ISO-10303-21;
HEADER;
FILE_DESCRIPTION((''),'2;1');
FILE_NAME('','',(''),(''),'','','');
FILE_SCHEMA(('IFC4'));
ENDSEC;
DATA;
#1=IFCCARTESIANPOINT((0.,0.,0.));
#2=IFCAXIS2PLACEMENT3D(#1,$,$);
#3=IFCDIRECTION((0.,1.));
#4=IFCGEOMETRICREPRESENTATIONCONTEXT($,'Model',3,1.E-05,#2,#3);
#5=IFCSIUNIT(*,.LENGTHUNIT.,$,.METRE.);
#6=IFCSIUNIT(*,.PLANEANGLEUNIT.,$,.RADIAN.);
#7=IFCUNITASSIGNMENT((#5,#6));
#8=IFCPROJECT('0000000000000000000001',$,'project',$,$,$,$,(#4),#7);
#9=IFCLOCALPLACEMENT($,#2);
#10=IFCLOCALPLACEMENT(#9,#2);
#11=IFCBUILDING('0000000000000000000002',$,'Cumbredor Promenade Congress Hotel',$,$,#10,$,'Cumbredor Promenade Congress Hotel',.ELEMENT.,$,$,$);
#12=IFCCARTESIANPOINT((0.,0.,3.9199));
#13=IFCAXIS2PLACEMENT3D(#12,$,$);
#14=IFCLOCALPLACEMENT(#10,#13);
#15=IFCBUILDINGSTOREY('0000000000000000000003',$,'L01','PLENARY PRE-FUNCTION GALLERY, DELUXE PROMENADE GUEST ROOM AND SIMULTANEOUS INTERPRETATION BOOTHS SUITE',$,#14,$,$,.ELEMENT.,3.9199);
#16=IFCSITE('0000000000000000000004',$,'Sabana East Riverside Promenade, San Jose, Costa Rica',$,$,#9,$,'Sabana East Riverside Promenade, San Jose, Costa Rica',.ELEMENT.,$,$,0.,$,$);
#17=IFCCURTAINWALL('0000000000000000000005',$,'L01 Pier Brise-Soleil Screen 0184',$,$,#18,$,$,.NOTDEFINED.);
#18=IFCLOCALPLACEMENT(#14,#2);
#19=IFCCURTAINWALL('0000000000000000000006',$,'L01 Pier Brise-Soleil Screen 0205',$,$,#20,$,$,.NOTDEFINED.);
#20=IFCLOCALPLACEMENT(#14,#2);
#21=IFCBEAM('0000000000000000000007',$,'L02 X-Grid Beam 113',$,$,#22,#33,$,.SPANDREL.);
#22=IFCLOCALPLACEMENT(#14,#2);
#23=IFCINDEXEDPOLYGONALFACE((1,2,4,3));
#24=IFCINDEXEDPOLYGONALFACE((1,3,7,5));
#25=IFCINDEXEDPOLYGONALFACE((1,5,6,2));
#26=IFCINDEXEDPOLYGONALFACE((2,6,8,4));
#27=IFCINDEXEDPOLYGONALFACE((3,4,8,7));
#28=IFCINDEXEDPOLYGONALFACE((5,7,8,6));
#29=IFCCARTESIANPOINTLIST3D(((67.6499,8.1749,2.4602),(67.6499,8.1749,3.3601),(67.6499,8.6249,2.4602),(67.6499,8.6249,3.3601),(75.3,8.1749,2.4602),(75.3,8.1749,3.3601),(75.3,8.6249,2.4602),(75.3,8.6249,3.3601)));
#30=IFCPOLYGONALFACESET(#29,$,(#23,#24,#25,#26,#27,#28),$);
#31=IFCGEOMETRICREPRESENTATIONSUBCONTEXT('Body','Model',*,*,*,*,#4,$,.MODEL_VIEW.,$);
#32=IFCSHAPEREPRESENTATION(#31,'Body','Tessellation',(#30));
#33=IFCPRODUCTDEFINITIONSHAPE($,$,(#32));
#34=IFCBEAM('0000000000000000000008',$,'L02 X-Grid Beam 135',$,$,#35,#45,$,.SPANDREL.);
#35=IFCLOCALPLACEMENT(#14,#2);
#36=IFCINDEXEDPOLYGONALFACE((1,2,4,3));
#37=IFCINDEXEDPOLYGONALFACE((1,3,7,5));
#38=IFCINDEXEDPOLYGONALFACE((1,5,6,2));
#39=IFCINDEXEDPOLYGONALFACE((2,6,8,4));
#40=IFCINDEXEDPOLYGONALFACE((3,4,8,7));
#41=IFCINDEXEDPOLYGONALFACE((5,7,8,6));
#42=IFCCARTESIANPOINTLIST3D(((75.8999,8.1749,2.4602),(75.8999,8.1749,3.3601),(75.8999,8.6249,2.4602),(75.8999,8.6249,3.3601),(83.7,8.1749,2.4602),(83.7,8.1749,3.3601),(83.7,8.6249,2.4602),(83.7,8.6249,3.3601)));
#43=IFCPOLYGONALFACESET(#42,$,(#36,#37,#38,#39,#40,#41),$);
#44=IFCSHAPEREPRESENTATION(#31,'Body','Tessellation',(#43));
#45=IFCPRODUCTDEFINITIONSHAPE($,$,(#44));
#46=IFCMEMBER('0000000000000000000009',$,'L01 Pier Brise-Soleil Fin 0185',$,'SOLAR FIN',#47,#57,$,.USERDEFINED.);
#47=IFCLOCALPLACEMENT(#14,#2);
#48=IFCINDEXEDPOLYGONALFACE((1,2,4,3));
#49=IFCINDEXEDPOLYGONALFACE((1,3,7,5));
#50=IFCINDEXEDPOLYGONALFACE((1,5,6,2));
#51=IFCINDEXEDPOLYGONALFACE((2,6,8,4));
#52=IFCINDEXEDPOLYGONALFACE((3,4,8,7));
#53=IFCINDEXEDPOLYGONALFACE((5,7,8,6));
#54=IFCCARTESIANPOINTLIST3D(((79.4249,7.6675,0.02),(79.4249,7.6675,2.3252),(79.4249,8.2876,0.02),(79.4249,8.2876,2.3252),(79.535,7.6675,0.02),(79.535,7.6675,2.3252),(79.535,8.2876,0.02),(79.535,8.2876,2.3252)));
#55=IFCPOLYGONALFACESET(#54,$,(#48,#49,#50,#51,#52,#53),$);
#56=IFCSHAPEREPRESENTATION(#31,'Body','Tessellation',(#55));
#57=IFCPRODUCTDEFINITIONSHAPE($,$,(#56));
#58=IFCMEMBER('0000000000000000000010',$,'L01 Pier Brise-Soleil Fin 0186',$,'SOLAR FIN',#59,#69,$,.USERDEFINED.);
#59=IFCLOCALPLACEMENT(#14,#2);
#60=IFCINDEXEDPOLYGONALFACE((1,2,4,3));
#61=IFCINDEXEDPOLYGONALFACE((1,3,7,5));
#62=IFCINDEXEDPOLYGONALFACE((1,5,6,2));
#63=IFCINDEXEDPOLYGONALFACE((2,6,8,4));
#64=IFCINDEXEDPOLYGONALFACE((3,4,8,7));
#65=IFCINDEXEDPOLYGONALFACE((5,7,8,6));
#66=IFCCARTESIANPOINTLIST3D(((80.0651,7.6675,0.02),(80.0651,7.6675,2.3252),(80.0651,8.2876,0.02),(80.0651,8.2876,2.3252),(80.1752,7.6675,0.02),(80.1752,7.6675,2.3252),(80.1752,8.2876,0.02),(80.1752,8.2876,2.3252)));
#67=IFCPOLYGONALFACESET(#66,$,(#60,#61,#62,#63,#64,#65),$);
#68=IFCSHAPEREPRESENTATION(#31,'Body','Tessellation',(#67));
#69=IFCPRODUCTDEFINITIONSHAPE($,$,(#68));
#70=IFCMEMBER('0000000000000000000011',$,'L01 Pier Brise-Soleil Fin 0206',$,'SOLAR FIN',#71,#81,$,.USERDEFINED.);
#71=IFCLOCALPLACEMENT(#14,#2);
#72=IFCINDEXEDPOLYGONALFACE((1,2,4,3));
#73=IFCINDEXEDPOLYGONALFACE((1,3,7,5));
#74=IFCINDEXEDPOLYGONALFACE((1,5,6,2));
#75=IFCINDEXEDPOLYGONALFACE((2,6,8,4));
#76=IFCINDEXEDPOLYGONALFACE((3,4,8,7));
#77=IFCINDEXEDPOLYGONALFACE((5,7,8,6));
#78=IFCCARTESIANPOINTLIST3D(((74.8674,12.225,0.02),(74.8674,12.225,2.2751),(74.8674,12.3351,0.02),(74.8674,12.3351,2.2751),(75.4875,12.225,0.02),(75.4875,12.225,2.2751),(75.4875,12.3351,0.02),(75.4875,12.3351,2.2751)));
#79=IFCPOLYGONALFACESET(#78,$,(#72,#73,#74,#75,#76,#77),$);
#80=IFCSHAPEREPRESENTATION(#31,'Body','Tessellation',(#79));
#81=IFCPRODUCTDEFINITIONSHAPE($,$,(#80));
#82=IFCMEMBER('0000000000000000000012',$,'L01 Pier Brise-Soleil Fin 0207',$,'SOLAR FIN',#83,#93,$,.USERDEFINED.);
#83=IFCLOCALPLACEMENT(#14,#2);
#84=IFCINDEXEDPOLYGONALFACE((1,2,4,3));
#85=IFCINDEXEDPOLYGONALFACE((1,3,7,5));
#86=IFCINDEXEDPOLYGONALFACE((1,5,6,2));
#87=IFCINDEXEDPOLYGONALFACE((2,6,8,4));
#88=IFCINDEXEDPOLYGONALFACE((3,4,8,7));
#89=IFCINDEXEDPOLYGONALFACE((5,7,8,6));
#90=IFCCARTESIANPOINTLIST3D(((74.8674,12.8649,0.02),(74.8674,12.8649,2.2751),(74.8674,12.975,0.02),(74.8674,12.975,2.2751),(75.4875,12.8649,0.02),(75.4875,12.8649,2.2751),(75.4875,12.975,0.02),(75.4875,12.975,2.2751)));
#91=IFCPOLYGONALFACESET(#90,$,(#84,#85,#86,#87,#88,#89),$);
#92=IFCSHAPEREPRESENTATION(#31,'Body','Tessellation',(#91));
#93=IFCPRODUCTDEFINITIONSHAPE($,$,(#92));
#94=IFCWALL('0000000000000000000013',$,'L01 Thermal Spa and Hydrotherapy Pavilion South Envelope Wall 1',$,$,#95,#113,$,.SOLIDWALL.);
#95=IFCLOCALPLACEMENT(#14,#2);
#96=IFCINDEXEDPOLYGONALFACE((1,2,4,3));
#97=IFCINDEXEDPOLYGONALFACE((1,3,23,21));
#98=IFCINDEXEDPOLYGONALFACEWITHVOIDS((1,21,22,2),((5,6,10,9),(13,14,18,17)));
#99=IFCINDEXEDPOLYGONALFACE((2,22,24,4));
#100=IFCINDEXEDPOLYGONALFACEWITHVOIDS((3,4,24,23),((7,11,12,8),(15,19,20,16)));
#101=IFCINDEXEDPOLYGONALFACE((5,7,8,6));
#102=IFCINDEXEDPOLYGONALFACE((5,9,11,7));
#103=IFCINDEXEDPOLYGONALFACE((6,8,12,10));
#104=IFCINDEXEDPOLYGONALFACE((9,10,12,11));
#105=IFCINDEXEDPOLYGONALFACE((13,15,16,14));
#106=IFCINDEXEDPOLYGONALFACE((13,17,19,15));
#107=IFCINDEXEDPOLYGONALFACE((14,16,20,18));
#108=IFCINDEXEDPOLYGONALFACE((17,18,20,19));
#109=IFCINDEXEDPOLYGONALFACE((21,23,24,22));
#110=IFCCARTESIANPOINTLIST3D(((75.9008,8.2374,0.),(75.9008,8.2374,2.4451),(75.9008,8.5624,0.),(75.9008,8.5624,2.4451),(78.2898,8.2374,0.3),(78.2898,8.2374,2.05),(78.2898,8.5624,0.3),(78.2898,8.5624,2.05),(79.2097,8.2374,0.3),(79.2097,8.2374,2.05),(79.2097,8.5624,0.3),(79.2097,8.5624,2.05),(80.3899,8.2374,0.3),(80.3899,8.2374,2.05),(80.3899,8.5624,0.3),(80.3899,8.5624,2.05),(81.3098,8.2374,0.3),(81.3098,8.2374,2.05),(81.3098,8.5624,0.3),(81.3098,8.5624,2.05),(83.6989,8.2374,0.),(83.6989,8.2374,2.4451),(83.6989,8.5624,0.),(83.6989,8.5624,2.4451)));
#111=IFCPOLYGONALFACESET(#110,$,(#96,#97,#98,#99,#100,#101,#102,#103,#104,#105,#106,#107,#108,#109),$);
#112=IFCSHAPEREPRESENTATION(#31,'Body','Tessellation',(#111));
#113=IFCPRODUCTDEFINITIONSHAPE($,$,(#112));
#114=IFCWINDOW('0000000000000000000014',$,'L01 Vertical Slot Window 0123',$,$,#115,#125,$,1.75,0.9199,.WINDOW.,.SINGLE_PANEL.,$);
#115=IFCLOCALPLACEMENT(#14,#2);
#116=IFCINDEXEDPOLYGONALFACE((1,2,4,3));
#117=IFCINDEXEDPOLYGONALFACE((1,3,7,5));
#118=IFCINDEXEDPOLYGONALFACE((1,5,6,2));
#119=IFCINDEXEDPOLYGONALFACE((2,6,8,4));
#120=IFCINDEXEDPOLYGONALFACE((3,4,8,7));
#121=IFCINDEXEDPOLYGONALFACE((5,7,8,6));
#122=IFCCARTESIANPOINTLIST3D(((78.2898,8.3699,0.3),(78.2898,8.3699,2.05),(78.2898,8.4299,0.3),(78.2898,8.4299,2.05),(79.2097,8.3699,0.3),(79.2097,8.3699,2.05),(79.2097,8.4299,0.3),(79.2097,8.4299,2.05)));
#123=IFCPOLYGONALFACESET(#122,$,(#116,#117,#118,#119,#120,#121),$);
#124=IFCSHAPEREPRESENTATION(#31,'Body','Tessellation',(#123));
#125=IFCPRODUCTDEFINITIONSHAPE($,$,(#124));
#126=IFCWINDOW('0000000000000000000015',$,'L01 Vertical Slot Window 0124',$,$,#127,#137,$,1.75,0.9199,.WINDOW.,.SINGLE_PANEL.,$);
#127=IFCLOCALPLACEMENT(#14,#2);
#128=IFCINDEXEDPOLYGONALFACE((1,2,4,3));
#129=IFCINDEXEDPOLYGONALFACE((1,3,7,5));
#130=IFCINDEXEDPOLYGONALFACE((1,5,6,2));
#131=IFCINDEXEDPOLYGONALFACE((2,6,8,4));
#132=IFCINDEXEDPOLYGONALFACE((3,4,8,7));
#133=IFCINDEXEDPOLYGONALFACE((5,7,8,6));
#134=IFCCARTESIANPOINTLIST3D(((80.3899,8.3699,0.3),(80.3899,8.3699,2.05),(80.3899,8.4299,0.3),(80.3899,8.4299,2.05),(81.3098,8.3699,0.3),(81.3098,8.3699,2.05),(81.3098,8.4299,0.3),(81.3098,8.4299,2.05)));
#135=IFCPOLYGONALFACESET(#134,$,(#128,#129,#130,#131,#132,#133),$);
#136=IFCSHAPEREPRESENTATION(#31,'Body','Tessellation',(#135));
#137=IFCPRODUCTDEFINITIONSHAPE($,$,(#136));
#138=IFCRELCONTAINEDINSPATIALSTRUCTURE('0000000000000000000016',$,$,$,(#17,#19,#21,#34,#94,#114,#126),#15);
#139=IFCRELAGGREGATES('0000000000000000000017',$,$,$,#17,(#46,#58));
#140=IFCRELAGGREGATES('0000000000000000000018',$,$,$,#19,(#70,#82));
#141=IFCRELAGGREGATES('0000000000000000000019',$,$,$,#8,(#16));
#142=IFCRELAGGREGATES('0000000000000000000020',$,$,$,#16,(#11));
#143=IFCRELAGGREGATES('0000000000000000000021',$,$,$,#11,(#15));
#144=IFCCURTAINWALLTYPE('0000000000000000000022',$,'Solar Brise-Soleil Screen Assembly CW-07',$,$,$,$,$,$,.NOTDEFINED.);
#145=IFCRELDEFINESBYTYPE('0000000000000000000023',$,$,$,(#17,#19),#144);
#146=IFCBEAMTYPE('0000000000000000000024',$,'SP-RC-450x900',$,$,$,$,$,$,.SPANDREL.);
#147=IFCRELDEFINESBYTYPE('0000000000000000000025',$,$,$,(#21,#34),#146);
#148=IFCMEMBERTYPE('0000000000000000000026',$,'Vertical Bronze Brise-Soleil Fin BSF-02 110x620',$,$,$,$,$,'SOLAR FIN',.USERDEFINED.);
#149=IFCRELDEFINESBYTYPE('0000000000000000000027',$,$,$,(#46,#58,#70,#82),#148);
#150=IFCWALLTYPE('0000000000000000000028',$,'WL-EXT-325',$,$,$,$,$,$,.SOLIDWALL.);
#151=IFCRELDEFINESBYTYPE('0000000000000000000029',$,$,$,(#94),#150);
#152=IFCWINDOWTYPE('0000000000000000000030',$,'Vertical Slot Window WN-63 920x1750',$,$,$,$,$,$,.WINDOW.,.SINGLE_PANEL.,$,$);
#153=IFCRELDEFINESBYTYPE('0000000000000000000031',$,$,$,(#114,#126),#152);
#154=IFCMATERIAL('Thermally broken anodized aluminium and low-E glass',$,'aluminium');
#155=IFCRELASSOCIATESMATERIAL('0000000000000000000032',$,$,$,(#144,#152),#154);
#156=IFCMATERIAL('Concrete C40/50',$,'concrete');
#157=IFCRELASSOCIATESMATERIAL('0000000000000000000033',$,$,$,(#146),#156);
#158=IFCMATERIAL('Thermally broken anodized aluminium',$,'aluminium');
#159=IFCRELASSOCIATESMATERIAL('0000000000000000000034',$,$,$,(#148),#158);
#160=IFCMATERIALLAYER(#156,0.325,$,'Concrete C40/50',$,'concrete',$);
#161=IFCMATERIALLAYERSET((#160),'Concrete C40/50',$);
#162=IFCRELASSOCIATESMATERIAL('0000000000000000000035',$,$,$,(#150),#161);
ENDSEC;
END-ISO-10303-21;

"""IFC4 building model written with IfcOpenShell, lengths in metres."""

from ifc_helpers import new_model, si_unit, direction, frame, frame_2d, origin, origin_2d, place, context, subcontext, project, spatial, rectangle, extrude, material, layer, layer_set, material_profile, profile_set, type_object, element, fill, aggregate, save


model = new_model("IFC4")

# Units and contexts
model_context = context("Model", 3, precision=1e-05, world=origin(), true_north=direction((0.0, 1.0)))
body_context = subcontext(model_context, "Body", "Model", "MODEL_VIEW")
ifc_project = project(units=[si_unit("LENGTHUNIT", "METRE"), si_unit("PLANEANGLEUNIT", "RADIAN")], contexts=[model_context])

# Site, building, storey
site_placement = place(None, origin())
site = spatial("IfcSite", under=ifc_project, at=site_placement, Name="Sabana East Riverside Promenade, San Jose, Costa Rica", LongName="Sabana East Riverside Promenade, San Jose, Costa Rica", CompositionType="ELEMENT", RefElevation=0.0)
building_placement = place(site_placement, origin())
building = spatial("IfcBuilding", under=site, at=building_placement, Name="Cumbredor Promenade Congress Hotel", LongName="Cumbredor Promenade Congress Hotel", CompositionType="ELEMENT")
storey_placement = place(building_placement, frame((0.0, 0.0, 3.9199)))
storey = spatial("IfcBuildingStorey", under=building, at=storey_placement, Name="L01", Description="PLENARY PRE-FUNCTION GALLERY, DELUXE PROMENADE GUEST ROOM AND SIMULTANEOUS INTERPRETATION BOOTHS SUITE", CompositionType="ELEMENT", Elevation=3.9199)

# Shared definitions
ifc_material_1 = material(Name="Concrete C40/50", Category="concrete")

# Curtain walls
ifc_material_2 = material(Name="Thermally broken anodized aluminium and low-E glass", Category="aluminium")
curtain_wall_type = type_object("IfcCurtainWallType", Name="Solar Brise-Soleil Screen Assembly CW-07", PredefinedType="NOTDEFINED", material=ifc_material_2)
curtain_wall_1_placement = place(storey_placement, origin())
curtain_wall_1 = element("IfcCurtainWall", 1, at=curtain_wall_1_placement, inside=storey, type_object=curtain_wall_type, Name="L01 Pier Brise-Soleil Screen 0184", PredefinedType="NOTDEFINED")
ifc_material_3 = material(Name="Thermally broken anodized aluminium", Category="aluminium")
curtain_wall_2_placement = place(storey_placement, origin())
curtain_wall_2 = element("IfcCurtainWall", 2, at=curtain_wall_2_placement, inside=storey, type_object=curtain_wall_type, Name="L01 Pier Brise-Soleil Screen 0205", PredefinedType="NOTDEFINED")

# Beams
ifc_material_profile_1 = material_profile(ifc_material_1, rectangle(XDim=0.45, YDim=0.8999, at=origin_2d()), Name="RC SPANDREL 450x900")
ifc_profile_set_1 = profile_set([ifc_material_profile_1], Name="Concrete C40/50")
beam_type_1 = type_object("IfcBeamType", Name="SP-RC-450x900", PredefinedType="SPANDREL", material=ifc_profile_set_1)
beam_1_placement = place(storey_placement, frame((67.6499, 8.3999, 2.9102), z_axis=(1.0, 0.0, 0.0), x_axis=(0.0, 1.0, 0.0)))
element("IfcBeam", 3, at=beam_1_placement, inside=storey, type_object=beam_type_1, Name="L02 X-Grid Beam 113", PredefinedType="SPANDREL", context=body_context, shape_type="SweptSolid", body=[
    extrude(rectangle(XDim=0.45, YDim=0.8999, at=origin_2d()), origin(), (0.0, 0.0, 1.0), 7.6501),
])
beam_2_placement = place(storey_placement, frame((75.8999, 8.3999, 2.9102), z_axis=(1.0, 0.0, 0.0), x_axis=(0.0, 1.0, 0.0)))
element("IfcBeam", 4, at=beam_2_placement, inside=storey, type_object=beam_type_1, Name="L02 X-Grid Beam 135", PredefinedType="SPANDREL", context=body_context, shape_type="SweptSolid", body=[
    extrude(rectangle(XDim=0.45, YDim=0.8999, at=origin_2d()), origin(), (0.0, 0.0, 1.0), 7.8),
])

# Members
ifc_material_profile_2 = material_profile(ifc_material_3, rectangle(XDim=0.1101, YDim=0.6201, at=origin_2d()), Name="ARCH FIN 110x620")
ifc_profile_set_2 = profile_set([ifc_material_profile_2], Name="Thermally broken anodized aluminium")
member_type_1 = type_object("IfcMemberType", Name="Vertical Bronze Brise-Soleil Fin BSF-02 110x620", ElementType="SOLAR FIN", PredefinedType="USERDEFINED", material=ifc_profile_set_2)
member_1_placement = place(storey_placement, frame((79.48, 7.9775, 0.02), z_axis=(0.0, 0.0, 1.0), x_axis=(1.0, 0.0, 0.0)))
member_1 = element("IfcMember", 5, at=member_1_placement, type_object=member_type_1, Name="L01 Pier Brise-Soleil Fin 0185", ObjectType="SOLAR FIN", PredefinedType="USERDEFINED", context=body_context, shape_type="SweptSolid", body=[
    extrude(rectangle(XDim=0.1101, YDim=0.6201, at=origin_2d()), origin(), (0.0, 0.0, 1.0), 2.3052),
])
member_2_placement = place(storey_placement, frame((80.1201, 7.9775, 0.02), z_axis=(0.0, 0.0, 1.0), x_axis=(1.0, 0.0, 0.0)))
member_2 = element("IfcMember", 6, at=member_2_placement, type_object=member_type_1, Name="L01 Pier Brise-Soleil Fin 0186", ObjectType="SOLAR FIN", PredefinedType="USERDEFINED", context=body_context, shape_type="SweptSolid", body=[
    extrude(rectangle(XDim=0.1101, YDim=0.6201, at=origin_2d()), origin(), (0.0, 0.0, 1.0), 2.3052),
])
aggregate(curtain_wall_1, [member_1, member_2])
member_3_placement = place(storey_placement, frame((75.1775, 12.28, 0.02), z_axis=(0.0, 0.0, 1.0), x_axis=(0.0, 1.0, 0.0)))
member_3 = element("IfcMember", 7, at=member_3_placement, type_object=member_type_1, Name="L01 Pier Brise-Soleil Fin 0206", ObjectType="SOLAR FIN", PredefinedType="USERDEFINED", context=body_context, shape_type="SweptSolid", body=[
    extrude(rectangle(XDim=0.1101, YDim=0.6201, at=origin_2d()), origin(), (0.0, 0.0, 1.0), 2.2551),
])
member_4_placement = place(storey_placement, frame((75.1775, 12.9199, 0.02), z_axis=(0.0, 0.0, 1.0), x_axis=(0.0, 1.0, 0.0)))
member_4 = element("IfcMember", 8, at=member_4_placement, type_object=member_type_1, Name="L01 Pier Brise-Soleil Fin 0207", ObjectType="SOLAR FIN", PredefinedType="USERDEFINED", context=body_context, shape_type="SweptSolid", body=[
    extrude(rectangle(XDim=0.1101, YDim=0.6201, at=origin_2d()), origin(), (0.0, 0.0, 1.0), 2.2551),
])
aggregate(curtain_wall_2, [member_3, member_4])

# Wall, openings, windows
ifc_layer_1 = layer(ifc_material_1, 0.325, Name="Concrete C40/50", Category="concrete")
ifc_layer_set_1 = layer_set([ifc_layer_1], Name="Concrete C40/50")
wall_type_1 = type_object("IfcWallType", Name="WL-EXT-325", PredefinedType="SOLIDWALL", material=ifc_layer_set_1)
wall_1_placement = place(storey_placement, frame((75.9009, 8.3999, 0.0), z_axis=(0.0, 0.0, 1.0), x_axis=(1.0, 0.0, 0.0)))
wall_1 = element("IfcWall", 9, at=wall_1_placement, inside=storey, type_object=wall_type_1, Name="L01 Thermal Spa and Hydrotherapy Pavilion South Envelope Wall 1", PredefinedType="SOLIDWALL", context=body_context, shape_type="SweptSolid", body=[
    extrude(rectangle(XDim=7.7981, YDim=0.325, at=frame_2d((3.8989, 0.0))), origin(), (0.0, 0.0, 1.0), 2.4451),
])
opening_1_placement = place(wall_1_placement, frame((2.3889, 0.0, 0.3)))
opening_1 = element("IfcOpeningElement", 10, at=opening_1_placement, cuts=wall_1, PredefinedType="OPENING", context=body_context, shape_type="SweptSolid", body=[
    extrude(rectangle(XDim=0.9199, YDim=1.75, at=frame_2d((0.46, 0.875))), frame((0.0, 0.1724, 0.0), z_axis=(0.0, -1.0, 0.0), x_axis=(1.0, 0.0, 0.0)), (0.0, 0.0, 1.0), 0.345),
])
opening_2_placement = place(wall_1_placement, frame((4.489, 0.0, 0.3)))
opening_2 = element("IfcOpeningElement", 11, at=opening_2_placement, cuts=wall_1, PredefinedType="OPENING", context=body_context, shape_type="SweptSolid", body=[
    extrude(rectangle(XDim=0.9199, YDim=1.75, at=frame_2d((0.46, 0.875))), frame((0.0, 0.1724, 0.0), z_axis=(0.0, -1.0, 0.0), x_axis=(1.0, 0.0, 0.0)), (0.0, 0.0, 1.0), 0.345),
])
window_type_1 = type_object("IfcWindowType", Name="Vertical Slot Window WN-63 920x1750", PartitioningType="SINGLE_PANEL", PredefinedType="WINDOW", material=ifc_material_2)
window_1_placement = place(opening_1_placement, origin())
window_1 = element("IfcWindow", 12, at=window_1_placement, inside=storey, type_object=window_type_1, Name="L01 Vertical Slot Window 0123", OverallHeight=1.75, OverallWidth=0.9199, PartitioningType="SINGLE_PANEL", PredefinedType="WINDOW", context=body_context, shape_type="SweptSolid", body=[
    extrude(rectangle(XDim=0.9199, YDim=1.75, at=frame_2d((0.46, 0.875))), frame((0.0, 0.03, 0.0), z_axis=(0.0, -1.0, 0.0), x_axis=(1.0, 0.0, 0.0)), (0.0, 0.0, 1.0), 0.0601),
])
fill(opening_1, window_1)
window_2_placement = place(opening_2_placement, origin())
window_2 = element("IfcWindow", 13, at=window_2_placement, inside=storey, type_object=window_type_1, Name="L01 Vertical Slot Window 0124", OverallHeight=1.75, OverallWidth=0.9199, PartitioningType="SINGLE_PANEL", PredefinedType="WINDOW", context=body_context, shape_type="SweptSolid", body=[
    extrude(rectangle(XDim=0.9199, YDim=1.75, at=frame_2d((0.46, 0.875))), frame((0.0, 0.03, 0.0), z_axis=(0.0, -1.0, 0.0), x_axis=(1.0, 0.0, 0.0)), (0.0, 0.0, 1.0), 0.0601),
])
fill(opening_2, window_2)

save(model, "model.ifc")
